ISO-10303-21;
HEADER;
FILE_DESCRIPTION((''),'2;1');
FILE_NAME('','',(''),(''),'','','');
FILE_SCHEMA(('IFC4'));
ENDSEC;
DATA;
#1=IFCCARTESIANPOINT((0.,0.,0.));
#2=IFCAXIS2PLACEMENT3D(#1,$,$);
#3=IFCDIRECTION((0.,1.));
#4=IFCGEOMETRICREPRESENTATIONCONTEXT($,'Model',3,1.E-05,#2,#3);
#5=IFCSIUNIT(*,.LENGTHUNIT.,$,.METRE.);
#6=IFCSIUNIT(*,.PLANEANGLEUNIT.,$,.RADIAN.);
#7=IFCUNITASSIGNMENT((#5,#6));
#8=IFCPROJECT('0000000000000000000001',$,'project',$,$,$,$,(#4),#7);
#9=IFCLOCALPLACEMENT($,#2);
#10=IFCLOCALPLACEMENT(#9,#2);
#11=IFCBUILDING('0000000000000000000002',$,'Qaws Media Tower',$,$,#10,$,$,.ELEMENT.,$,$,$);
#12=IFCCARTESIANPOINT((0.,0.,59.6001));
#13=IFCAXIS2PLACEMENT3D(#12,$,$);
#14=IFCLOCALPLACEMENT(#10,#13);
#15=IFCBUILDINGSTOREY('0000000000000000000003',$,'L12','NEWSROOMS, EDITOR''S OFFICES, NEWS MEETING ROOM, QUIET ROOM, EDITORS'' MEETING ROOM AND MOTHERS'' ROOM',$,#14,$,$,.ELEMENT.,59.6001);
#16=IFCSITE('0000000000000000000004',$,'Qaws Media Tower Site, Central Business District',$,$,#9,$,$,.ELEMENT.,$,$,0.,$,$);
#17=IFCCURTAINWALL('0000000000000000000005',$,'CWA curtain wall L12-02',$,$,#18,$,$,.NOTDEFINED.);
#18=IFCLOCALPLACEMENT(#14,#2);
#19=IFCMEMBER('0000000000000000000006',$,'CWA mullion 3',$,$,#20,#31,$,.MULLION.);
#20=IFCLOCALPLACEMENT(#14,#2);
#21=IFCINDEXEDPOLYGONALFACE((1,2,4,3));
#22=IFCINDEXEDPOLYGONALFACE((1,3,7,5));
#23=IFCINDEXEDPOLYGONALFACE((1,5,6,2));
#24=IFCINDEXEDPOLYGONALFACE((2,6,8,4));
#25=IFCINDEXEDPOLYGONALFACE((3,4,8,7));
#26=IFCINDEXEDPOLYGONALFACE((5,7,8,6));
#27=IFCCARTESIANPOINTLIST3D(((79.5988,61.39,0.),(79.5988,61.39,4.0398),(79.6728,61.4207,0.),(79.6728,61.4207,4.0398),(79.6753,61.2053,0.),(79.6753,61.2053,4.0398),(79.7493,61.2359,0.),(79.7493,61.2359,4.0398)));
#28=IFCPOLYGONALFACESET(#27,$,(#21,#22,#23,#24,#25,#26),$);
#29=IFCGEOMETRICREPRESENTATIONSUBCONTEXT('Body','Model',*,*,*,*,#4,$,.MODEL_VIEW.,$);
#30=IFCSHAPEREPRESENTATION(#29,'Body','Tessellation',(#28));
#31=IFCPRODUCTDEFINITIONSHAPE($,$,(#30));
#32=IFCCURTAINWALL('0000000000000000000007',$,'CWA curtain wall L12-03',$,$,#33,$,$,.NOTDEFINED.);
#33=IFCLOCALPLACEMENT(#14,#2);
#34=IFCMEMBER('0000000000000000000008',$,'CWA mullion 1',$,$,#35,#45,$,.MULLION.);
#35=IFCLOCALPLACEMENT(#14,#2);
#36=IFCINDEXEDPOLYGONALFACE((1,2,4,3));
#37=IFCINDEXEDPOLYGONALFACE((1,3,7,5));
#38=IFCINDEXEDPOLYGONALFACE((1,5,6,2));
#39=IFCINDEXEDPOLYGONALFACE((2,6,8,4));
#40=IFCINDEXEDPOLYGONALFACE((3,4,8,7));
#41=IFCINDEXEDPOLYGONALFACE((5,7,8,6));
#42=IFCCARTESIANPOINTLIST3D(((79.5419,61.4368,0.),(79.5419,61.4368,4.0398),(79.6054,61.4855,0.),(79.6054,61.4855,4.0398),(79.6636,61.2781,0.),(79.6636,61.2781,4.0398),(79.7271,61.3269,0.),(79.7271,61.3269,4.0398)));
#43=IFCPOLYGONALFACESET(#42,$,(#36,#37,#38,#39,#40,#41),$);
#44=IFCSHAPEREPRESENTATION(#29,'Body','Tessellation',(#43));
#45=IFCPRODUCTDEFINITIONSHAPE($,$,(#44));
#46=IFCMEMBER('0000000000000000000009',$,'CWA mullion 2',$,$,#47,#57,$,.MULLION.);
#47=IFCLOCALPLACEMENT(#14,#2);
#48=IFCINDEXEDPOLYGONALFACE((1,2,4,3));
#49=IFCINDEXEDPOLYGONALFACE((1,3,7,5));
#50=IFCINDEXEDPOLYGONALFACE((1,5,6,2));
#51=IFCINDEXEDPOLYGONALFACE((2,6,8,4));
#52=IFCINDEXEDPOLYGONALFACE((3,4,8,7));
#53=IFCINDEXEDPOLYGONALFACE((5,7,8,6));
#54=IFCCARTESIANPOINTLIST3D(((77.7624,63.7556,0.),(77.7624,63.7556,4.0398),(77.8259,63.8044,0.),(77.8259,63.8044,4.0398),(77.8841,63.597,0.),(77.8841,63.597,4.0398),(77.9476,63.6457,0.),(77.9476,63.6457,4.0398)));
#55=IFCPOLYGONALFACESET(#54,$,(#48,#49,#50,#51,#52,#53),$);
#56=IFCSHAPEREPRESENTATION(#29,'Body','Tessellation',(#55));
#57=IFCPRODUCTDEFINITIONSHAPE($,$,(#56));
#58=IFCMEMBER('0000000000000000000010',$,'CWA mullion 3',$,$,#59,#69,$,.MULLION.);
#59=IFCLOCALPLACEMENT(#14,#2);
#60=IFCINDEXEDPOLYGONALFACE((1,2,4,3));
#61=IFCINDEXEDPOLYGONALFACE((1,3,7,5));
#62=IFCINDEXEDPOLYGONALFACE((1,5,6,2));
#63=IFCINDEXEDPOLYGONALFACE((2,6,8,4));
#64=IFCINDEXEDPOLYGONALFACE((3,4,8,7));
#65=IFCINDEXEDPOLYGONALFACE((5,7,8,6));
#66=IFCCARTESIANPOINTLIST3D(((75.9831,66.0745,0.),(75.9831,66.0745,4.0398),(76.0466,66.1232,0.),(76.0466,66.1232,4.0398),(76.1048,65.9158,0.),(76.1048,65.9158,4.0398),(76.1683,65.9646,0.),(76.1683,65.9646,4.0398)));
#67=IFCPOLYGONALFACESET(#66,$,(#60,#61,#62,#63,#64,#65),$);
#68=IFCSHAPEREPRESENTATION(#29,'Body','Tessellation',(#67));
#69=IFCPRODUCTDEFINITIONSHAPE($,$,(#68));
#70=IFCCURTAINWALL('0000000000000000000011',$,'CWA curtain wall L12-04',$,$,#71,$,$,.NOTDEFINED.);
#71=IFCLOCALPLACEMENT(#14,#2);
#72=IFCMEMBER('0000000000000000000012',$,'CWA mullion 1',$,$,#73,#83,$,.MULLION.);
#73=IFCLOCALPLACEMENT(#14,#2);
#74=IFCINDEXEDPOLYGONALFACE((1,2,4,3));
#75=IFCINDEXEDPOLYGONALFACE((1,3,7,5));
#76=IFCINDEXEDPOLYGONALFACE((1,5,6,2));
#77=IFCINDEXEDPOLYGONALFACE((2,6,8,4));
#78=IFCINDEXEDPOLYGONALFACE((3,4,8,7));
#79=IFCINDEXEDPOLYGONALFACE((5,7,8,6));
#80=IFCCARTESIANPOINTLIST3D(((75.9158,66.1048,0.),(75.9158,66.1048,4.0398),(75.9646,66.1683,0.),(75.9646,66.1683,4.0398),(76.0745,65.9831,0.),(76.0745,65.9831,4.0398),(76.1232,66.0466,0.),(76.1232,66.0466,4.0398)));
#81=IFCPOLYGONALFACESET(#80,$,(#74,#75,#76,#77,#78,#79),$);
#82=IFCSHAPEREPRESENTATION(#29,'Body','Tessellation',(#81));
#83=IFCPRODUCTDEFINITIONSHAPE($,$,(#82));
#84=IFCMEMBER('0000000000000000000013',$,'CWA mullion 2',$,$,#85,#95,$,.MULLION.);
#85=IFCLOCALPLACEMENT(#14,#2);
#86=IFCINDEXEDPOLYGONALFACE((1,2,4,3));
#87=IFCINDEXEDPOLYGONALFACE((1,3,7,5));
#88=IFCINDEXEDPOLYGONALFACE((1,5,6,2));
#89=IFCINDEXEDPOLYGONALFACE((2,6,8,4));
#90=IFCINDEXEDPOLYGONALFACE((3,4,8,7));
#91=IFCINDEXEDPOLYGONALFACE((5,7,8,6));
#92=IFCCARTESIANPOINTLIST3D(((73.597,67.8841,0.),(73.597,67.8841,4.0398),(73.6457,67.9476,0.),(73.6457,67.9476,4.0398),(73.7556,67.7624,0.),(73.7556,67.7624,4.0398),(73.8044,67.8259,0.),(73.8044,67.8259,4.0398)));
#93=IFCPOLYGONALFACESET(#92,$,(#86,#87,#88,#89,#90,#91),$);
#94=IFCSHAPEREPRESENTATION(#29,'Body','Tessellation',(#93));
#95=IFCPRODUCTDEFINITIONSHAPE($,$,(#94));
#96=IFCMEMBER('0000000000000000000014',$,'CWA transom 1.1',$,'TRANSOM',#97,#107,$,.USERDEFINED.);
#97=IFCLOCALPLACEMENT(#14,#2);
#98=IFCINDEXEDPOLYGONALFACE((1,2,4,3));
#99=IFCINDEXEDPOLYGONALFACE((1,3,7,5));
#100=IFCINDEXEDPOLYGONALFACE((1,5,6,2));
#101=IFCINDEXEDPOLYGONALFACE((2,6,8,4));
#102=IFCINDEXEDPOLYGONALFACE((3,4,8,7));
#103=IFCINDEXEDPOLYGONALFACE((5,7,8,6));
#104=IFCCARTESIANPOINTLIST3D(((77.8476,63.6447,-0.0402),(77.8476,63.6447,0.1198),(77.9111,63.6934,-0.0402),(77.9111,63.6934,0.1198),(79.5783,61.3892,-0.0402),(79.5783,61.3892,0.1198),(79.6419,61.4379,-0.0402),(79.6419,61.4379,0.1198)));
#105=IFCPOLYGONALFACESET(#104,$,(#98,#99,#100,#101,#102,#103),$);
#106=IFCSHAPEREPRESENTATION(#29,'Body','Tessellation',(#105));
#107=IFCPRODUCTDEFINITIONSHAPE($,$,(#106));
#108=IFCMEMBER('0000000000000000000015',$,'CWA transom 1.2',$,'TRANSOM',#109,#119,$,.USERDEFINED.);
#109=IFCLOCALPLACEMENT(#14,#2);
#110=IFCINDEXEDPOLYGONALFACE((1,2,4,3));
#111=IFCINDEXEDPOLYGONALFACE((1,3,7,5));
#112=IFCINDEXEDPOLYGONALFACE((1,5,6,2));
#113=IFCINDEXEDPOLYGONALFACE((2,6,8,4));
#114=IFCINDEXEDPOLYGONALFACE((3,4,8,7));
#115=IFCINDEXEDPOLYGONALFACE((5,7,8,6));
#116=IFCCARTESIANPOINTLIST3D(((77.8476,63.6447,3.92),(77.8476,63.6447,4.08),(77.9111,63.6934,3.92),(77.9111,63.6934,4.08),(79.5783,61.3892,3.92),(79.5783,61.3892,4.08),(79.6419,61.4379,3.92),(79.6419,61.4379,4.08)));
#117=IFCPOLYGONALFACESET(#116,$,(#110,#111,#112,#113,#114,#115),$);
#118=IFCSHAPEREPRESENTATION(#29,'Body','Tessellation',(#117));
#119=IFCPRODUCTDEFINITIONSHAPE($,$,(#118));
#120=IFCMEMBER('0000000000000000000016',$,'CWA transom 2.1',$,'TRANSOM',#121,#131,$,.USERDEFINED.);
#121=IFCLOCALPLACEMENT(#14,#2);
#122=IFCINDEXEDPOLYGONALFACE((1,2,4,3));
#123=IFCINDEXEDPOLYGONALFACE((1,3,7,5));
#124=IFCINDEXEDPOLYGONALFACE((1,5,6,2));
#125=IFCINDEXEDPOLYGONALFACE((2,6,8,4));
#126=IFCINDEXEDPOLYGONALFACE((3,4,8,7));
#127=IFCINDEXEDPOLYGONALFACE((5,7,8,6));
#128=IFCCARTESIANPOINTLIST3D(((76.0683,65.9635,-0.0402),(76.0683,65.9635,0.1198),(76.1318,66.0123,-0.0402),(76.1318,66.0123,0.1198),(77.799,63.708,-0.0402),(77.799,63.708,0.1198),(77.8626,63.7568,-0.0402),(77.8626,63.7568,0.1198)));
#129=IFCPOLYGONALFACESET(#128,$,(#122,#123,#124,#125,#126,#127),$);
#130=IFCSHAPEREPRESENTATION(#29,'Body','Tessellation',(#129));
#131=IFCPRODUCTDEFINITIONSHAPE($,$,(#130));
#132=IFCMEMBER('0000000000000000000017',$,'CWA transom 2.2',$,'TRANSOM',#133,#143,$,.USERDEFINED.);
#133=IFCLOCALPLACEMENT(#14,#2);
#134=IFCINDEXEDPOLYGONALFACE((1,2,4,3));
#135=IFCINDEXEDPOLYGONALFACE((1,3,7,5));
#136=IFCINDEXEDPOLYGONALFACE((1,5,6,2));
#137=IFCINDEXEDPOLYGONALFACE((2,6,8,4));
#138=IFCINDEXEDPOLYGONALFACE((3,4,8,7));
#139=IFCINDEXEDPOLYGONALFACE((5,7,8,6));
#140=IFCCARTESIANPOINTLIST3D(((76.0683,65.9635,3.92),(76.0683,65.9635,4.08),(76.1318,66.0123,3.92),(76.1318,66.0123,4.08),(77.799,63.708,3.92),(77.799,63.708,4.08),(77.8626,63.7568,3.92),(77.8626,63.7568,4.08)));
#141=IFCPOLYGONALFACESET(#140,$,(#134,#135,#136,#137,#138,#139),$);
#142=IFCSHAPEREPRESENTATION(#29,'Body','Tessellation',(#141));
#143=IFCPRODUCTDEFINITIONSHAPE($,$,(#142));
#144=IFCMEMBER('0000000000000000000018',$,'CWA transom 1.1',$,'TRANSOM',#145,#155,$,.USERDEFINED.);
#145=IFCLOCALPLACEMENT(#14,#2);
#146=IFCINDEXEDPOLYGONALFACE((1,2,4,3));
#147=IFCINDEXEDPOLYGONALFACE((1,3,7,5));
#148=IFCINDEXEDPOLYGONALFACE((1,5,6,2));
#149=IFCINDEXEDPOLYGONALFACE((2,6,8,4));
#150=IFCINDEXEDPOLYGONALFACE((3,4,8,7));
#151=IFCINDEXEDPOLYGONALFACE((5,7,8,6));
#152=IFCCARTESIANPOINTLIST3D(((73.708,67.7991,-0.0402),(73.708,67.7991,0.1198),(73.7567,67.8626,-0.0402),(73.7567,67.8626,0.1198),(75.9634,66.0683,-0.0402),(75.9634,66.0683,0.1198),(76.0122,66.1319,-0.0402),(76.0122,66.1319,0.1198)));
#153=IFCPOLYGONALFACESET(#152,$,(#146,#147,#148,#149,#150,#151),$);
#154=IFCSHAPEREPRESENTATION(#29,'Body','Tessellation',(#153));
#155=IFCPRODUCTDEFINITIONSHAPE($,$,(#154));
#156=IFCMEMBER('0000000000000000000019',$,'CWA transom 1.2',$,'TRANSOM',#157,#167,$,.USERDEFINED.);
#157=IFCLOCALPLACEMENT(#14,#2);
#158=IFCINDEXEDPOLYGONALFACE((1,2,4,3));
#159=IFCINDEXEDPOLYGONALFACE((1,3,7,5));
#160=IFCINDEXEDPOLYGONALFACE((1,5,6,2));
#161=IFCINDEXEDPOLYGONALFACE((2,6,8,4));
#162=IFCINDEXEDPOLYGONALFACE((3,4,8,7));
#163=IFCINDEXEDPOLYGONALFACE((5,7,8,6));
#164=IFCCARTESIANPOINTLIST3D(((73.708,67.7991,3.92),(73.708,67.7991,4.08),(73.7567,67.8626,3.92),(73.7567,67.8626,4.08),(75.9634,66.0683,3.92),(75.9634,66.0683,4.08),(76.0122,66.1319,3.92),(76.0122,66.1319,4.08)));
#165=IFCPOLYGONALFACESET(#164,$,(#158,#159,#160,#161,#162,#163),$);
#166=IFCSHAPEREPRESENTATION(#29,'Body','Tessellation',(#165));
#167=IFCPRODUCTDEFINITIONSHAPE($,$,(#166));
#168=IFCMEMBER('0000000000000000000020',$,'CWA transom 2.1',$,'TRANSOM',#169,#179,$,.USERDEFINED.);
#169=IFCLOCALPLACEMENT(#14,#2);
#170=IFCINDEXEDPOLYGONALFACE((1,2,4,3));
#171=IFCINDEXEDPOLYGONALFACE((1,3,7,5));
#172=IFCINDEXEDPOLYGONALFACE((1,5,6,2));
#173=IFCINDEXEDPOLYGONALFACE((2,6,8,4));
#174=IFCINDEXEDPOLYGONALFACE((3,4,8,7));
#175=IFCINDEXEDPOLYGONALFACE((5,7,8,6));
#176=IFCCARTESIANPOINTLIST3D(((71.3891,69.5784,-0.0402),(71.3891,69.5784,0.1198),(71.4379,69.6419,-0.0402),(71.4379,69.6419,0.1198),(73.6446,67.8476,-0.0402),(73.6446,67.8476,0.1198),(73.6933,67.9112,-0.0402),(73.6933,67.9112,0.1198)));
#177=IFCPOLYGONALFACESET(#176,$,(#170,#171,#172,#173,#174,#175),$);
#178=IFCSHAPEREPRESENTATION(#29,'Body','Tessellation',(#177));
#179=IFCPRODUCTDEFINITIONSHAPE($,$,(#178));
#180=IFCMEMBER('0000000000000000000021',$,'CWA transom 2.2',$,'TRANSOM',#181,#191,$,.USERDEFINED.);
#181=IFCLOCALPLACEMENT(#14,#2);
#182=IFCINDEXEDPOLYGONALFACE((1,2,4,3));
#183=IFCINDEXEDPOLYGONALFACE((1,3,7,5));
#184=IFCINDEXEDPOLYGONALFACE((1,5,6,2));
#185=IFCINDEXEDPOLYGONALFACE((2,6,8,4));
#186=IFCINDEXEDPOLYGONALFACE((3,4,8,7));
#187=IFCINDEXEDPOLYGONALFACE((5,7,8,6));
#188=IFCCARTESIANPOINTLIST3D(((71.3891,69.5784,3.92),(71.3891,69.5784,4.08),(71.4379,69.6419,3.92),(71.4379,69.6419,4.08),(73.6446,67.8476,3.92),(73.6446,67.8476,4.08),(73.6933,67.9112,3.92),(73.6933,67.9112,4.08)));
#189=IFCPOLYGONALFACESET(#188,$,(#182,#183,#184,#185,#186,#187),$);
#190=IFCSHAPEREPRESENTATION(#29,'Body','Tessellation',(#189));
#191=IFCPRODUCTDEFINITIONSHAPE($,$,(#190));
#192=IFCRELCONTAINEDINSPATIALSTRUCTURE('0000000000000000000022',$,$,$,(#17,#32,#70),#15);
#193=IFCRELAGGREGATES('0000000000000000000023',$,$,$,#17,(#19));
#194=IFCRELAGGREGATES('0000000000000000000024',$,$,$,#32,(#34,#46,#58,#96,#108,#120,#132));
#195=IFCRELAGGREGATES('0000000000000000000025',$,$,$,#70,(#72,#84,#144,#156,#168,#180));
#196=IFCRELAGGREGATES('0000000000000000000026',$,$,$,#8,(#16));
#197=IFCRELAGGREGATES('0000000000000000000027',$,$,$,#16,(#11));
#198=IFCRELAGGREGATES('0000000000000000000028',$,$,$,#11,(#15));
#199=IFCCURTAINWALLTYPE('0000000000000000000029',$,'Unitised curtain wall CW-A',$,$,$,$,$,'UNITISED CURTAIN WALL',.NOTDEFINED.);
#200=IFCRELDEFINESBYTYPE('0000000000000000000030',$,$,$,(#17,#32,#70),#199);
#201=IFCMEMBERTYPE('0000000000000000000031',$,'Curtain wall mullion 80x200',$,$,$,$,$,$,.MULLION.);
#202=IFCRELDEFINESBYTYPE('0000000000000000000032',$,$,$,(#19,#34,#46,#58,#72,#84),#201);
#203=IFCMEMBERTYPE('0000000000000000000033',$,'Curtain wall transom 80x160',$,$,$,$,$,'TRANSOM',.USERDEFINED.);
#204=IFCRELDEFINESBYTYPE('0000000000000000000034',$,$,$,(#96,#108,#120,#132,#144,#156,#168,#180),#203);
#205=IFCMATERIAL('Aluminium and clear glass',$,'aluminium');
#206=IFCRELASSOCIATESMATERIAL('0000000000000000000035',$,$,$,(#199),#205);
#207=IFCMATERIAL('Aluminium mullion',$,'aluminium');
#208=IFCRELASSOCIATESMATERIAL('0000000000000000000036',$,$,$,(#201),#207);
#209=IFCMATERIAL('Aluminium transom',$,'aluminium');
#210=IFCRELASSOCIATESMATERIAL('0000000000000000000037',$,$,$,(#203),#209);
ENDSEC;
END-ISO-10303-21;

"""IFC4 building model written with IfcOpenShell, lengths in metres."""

from ifc_helpers import new_model, si_unit, direction, frame, origin, origin_2d, place, context, subcontext, project, spatial, rectangle, extrude, material, material_profile, profile_set, type_object, element, aggregate, save


model = new_model("IFC4")

# Units and contexts
model_context = context("Model", 3, precision=1e-05, world=origin(), true_north=direction((0.0, 1.0)))
body_context = subcontext(model_context, "Body", "Model", "MODEL_VIEW")
ifc_project = project(units=[si_unit("LENGTHUNIT", "METRE"), si_unit("PLANEANGLEUNIT", "RADIAN")], contexts=[model_context])

# Site, building, storey
site_placement = place(None, origin())
site = spatial("IfcSite", under=ifc_project, at=site_placement, Name="Qaws Media Tower Site, Central Business District", CompositionType="ELEMENT", RefElevation=0.0)
building_placement = place(site_placement, origin())
building = spatial("IfcBuilding", under=site, at=building_placement, Name="Qaws Media Tower", CompositionType="ELEMENT")
storey_placement = place(building_placement, frame((0.0, 0.0, 59.6001)))
storey = spatial("IfcBuildingStorey", under=building, at=storey_placement, Name="L12", Description="NEWSROOMS, EDITOR'S OFFICES, NEWS MEETING ROOM, QUIET ROOM, EDITORS' MEETING ROOM AND MOTHERS' ROOM", CompositionType="ELEMENT", Elevation=59.6001)

# Curtain wall, member
ifc_material_1 = material(Name="Aluminium and clear glass", Category="aluminium")
curtain_wall_type = type_object("IfcCurtainWallType", Name="Unitised curtain wall CW-A", ElementType="UNITISED CURTAIN WALL", PredefinedType="NOTDEFINED", material=ifc_material_1)
curtain_wall_1_placement = place(storey_placement, origin())
curtain_wall_1 = element("IfcCurtainWall", 1, at=curtain_wall_1_placement, inside=storey, type_object=curtain_wall_type, Name="CWA curtain wall L12-02", PredefinedType="NOTDEFINED")
ifc_material_2 = material(Name="Aluminium mullion", Category="aluminium")
ifc_material_profile_1 = material_profile(ifc_material_2, rectangle(XDim=0.0801, YDim=0.2, at=origin_2d()), Name="80x200")
ifc_profile_set_1 = profile_set([ifc_material_profile_1], Name="Aluminium mullion")
member_type_1 = type_object("IfcMemberType", Name="Curtain wall mullion 80x200", PredefinedType="MULLION", material=ifc_profile_set_1)
member_1_placement = place(storey_placement, frame((79.6741, 61.313, 0.0), z_axis=(0.0, 0.0, 1.0), x_axis=(-0.92388, -0.382683, 0.0)))
member_1 = element("IfcMember", 2, at=member_1_placement, type_object=member_type_1, Name="CWA mullion 3", PredefinedType="MULLION", context=body_context, shape_type="SweptSolid", body=[
    extrude(rectangle(XDim=0.0801, YDim=0.2, at=origin_2d()), origin(), (0.0, 0.0, 1.0), 4.0398),
])
aggregate(curtain_wall_1, [member_1])

# Curtain walls, members
curtain_wall_2_placement = place(storey_placement, origin())
curtain_wall_2 = element("IfcCurtainWall", 3, at=curtain_wall_2_placement, inside=storey, type_object=curtain_wall_type, Name="CWA curtain wall L12-03", PredefinedType="NOTDEFINED")
member_2_placement = place(storey_placement, frame((79.6345, 61.3818, 0.0), z_axis=(0.0, 0.0, 1.0), x_axis=(-0.793353, -0.608761, 0.0)))
member_2 = element("IfcMember", 4, at=member_2_placement, type_object=member_type_1, Name="CWA mullion 1", PredefinedType="MULLION", context=body_context, shape_type="SweptSolid", body=[
    extrude(rectangle(XDim=0.0801, YDim=0.2, at=origin_2d()), origin(), (0.0, 0.0, 1.0), 4.0398),
])
member_3_placement = place(storey_placement, frame((77.855, 63.7007, 0.0), z_axis=(0.0, 0.0, 1.0), x_axis=(-0.793353, -0.608761, 0.0)))
member_3 = element("IfcMember", 5, at=member_3_placement, type_object=member_type_1, Name="CWA mullion 2", PredefinedType="MULLION", context=body_context, shape_type="SweptSolid", body=[
    extrude(rectangle(XDim=0.0801, YDim=0.2, at=origin_2d()), origin(), (0.0, 0.0, 1.0), 4.0398),
])
member_4_placement = place(storey_placement, frame((76.0757, 66.0195, 0.0), z_axis=(0.0, 0.0, 1.0), x_axis=(-0.793353, -0.608761, 0.0)))
member_4 = element("IfcMember", 6, at=member_4_placement, type_object=member_type_1, Name="CWA mullion 3", PredefinedType="MULLION", context=body_context, shape_type="SweptSolid", body=[
    extrude(rectangle(XDim=0.0801, YDim=0.2, at=origin_2d()), origin(), (0.0, 0.0, 1.0), 4.0398),
])
curtain_wall_3_placement = place(storey_placement, origin())
curtain_wall_3 = element("IfcCurtainWall", 7, at=curtain_wall_3_placement, inside=storey, type_object=curtain_wall_type, Name="CWA curtain wall L12-04", PredefinedType="NOTDEFINED")
member_5_placement = place(storey_placement, frame((76.0195, 66.0757, 0.0), z_axis=(0.0, 0.0, 1.0), x_axis=(-0.608761, -0.793353, 0.0)))
member_5 = element("IfcMember", 8, at=member_5_placement, type_object=member_type_1, Name="CWA mullion 1", PredefinedType="MULLION", context=body_context, shape_type="SweptSolid", body=[
    extrude(rectangle(XDim=0.0801, YDim=0.2, at=origin_2d()), origin(), (0.0, 0.0, 1.0), 4.0398),
])
member_6_placement = place(storey_placement, frame((73.7007, 67.855, 0.0), z_axis=(0.0, 0.0, 1.0), x_axis=(-0.608761, -0.793353, 0.0)))
member_6 = element("IfcMember", 9, at=member_6_placement, type_object=member_type_1, Name="CWA mullion 2", PredefinedType="MULLION", context=body_context, shape_type="SweptSolid", body=[
    extrude(rectangle(XDim=0.0801, YDim=0.2, at=origin_2d()), origin(), (0.0, 0.0, 1.0), 4.0398),
])

# Members
ifc_material_3 = material(Name="Aluminium transom", Category="aluminium")
ifc_material_profile_2 = material_profile(ifc_material_3, rectangle(XDim=0.0801, YDim=0.1599, at=origin_2d()), Name="80x160")
ifc_profile_set_2 = profile_set([ifc_material_profile_2], Name="Aluminium transom")
member_type_2 = type_object("IfcMemberType", Name="Curtain wall transom 80x160", ElementType="TRANSOM", PredefinedType="USERDEFINED", material=ifc_profile_set_2)
member_7_placement = place(storey_placement, frame((79.6101, 61.4136, 0.0398), z_axis=(-0.608785, 0.793335, 0.0), x_axis=(-0.793335, -0.608785, 0.0)))
member_7 = element("IfcMember", 10, at=member_7_placement, type_object=member_type_2, Name="CWA transom 1.1", ObjectType="TRANSOM", PredefinedType="USERDEFINED", context=body_context, shape_type="SweptSolid", body=[
    extrude(rectangle(XDim=0.0801, YDim=0.1599, at=origin_2d()), origin(), (0.0, 0.0, 1.0), 2.843),
])
member_8_placement = place(storey_placement, frame((79.6101, 61.4136, 4.0), z_axis=(-0.608785, 0.793335, 0.0), x_axis=(-0.793335, -0.608785, 0.0)))
member_8 = element("IfcMember", 11, at=member_8_placement, type_object=member_type_2, Name="CWA transom 1.2", ObjectType="TRANSOM", PredefinedType="USERDEFINED", context=body_context, shape_type="SweptSolid", body=[
    extrude(rectangle(XDim=0.0801, YDim=0.1599, at=origin_2d()), origin(), (0.0, 0.0, 1.0), 2.843),
])
member_9_placement = place(storey_placement, frame((77.8308, 63.7324, 0.0398), z_axis=(-0.608785, 0.793335, 0.0), x_axis=(-0.793335, -0.608785, 0.0)))
member_9 = element("IfcMember", 12, at=member_9_placement, type_object=member_type_2, Name="CWA transom 2.1", ObjectType="TRANSOM", PredefinedType="USERDEFINED", context=body_context, shape_type="SweptSolid", body=[
    extrude(rectangle(XDim=0.0801, YDim=0.1599, at=origin_2d()), origin(), (0.0, 0.0, 1.0), 2.843),
])
member_10_placement = place(storey_placement, frame((77.8308, 63.7324, 4.0), z_axis=(-0.608785, 0.793335, 0.0), x_axis=(-0.793335, -0.608785, 0.0)))
member_10 = element("IfcMember", 13, at=member_10_placement, type_object=member_type_2, Name="CWA transom 2.2", ObjectType="TRANSOM", PredefinedType="USERDEFINED", context=body_context, shape_type="SweptSolid", body=[
    extrude(rectangle(XDim=0.0801, YDim=0.1599, at=origin_2d()), origin(), (0.0, 0.0, 1.0), 2.843),
])
member_11_placement = place(storey_placement, frame((75.9878, 66.1001, 0.0398), z_axis=(-0.793335, 0.608785, 0.0), x_axis=(-0.608785, -0.793335, 0.0)))
member_11 = element("IfcMember", 14, at=member_11_placement, type_object=member_type_2, Name="CWA transom 1.1", ObjectType="TRANSOM", PredefinedType="USERDEFINED", context=body_context, shape_type="SweptSolid", body=[
    extrude(rectangle(XDim=0.0801, YDim=0.1599, at=origin_2d()), origin(), (0.0, 0.0, 1.0), 2.843),
])
member_12_placement = place(storey_placement, frame((75.9878, 66.1001, 4.0), z_axis=(-0.793335, 0.608785, 0.0), x_axis=(-0.608785, -0.793335, 0.0)))
member_12 = element("IfcMember", 15, at=member_12_placement, type_object=member_type_2, Name="CWA transom 1.2", ObjectType="TRANSOM", PredefinedType="USERDEFINED", context=body_context, shape_type="SweptSolid", body=[
    extrude(rectangle(XDim=0.0801, YDim=0.1599, at=origin_2d()), origin(), (0.0, 0.0, 1.0), 2.843),
])
member_13_placement = place(storey_placement, frame((73.6689, 67.8794, 0.0398), z_axis=(-0.793335, 0.608785, 0.0), x_axis=(-0.608785, -0.793335, 0.0)))
member_13 = element("IfcMember", 16, at=member_13_placement, type_object=member_type_2, Name="CWA transom 2.1", ObjectType="TRANSOM", PredefinedType="USERDEFINED", context=body_context, shape_type="SweptSolid", body=[
    extrude(rectangle(XDim=0.0801, YDim=0.1599, at=origin_2d()), origin(), (0.0, 0.0, 1.0), 2.843),
])
member_14_placement = place(storey_placement, frame((73.6689, 67.8794, 4.0), z_axis=(-0.793335, 0.608785, 0.0), x_axis=(-0.608785, -0.793335, 0.0)))
member_14 = element("IfcMember", 17, at=member_14_placement, type_object=member_type_2, Name="CWA transom 2.2", ObjectType="TRANSOM", PredefinedType="USERDEFINED", context=body_context, shape_type="SweptSolid", body=[
    extrude(rectangle(XDim=0.0801, YDim=0.1599, at=origin_2d()), origin(), (0.0, 0.0, 1.0), 2.843),
])

aggregate(curtain_wall_2, [member_2, member_3, member_4, member_7, member_8, member_9, member_10])
aggregate(curtain_wall_3, [member_5, member_6, member_11, member_12, member_13, member_14])

save(model, "model.ifc")
